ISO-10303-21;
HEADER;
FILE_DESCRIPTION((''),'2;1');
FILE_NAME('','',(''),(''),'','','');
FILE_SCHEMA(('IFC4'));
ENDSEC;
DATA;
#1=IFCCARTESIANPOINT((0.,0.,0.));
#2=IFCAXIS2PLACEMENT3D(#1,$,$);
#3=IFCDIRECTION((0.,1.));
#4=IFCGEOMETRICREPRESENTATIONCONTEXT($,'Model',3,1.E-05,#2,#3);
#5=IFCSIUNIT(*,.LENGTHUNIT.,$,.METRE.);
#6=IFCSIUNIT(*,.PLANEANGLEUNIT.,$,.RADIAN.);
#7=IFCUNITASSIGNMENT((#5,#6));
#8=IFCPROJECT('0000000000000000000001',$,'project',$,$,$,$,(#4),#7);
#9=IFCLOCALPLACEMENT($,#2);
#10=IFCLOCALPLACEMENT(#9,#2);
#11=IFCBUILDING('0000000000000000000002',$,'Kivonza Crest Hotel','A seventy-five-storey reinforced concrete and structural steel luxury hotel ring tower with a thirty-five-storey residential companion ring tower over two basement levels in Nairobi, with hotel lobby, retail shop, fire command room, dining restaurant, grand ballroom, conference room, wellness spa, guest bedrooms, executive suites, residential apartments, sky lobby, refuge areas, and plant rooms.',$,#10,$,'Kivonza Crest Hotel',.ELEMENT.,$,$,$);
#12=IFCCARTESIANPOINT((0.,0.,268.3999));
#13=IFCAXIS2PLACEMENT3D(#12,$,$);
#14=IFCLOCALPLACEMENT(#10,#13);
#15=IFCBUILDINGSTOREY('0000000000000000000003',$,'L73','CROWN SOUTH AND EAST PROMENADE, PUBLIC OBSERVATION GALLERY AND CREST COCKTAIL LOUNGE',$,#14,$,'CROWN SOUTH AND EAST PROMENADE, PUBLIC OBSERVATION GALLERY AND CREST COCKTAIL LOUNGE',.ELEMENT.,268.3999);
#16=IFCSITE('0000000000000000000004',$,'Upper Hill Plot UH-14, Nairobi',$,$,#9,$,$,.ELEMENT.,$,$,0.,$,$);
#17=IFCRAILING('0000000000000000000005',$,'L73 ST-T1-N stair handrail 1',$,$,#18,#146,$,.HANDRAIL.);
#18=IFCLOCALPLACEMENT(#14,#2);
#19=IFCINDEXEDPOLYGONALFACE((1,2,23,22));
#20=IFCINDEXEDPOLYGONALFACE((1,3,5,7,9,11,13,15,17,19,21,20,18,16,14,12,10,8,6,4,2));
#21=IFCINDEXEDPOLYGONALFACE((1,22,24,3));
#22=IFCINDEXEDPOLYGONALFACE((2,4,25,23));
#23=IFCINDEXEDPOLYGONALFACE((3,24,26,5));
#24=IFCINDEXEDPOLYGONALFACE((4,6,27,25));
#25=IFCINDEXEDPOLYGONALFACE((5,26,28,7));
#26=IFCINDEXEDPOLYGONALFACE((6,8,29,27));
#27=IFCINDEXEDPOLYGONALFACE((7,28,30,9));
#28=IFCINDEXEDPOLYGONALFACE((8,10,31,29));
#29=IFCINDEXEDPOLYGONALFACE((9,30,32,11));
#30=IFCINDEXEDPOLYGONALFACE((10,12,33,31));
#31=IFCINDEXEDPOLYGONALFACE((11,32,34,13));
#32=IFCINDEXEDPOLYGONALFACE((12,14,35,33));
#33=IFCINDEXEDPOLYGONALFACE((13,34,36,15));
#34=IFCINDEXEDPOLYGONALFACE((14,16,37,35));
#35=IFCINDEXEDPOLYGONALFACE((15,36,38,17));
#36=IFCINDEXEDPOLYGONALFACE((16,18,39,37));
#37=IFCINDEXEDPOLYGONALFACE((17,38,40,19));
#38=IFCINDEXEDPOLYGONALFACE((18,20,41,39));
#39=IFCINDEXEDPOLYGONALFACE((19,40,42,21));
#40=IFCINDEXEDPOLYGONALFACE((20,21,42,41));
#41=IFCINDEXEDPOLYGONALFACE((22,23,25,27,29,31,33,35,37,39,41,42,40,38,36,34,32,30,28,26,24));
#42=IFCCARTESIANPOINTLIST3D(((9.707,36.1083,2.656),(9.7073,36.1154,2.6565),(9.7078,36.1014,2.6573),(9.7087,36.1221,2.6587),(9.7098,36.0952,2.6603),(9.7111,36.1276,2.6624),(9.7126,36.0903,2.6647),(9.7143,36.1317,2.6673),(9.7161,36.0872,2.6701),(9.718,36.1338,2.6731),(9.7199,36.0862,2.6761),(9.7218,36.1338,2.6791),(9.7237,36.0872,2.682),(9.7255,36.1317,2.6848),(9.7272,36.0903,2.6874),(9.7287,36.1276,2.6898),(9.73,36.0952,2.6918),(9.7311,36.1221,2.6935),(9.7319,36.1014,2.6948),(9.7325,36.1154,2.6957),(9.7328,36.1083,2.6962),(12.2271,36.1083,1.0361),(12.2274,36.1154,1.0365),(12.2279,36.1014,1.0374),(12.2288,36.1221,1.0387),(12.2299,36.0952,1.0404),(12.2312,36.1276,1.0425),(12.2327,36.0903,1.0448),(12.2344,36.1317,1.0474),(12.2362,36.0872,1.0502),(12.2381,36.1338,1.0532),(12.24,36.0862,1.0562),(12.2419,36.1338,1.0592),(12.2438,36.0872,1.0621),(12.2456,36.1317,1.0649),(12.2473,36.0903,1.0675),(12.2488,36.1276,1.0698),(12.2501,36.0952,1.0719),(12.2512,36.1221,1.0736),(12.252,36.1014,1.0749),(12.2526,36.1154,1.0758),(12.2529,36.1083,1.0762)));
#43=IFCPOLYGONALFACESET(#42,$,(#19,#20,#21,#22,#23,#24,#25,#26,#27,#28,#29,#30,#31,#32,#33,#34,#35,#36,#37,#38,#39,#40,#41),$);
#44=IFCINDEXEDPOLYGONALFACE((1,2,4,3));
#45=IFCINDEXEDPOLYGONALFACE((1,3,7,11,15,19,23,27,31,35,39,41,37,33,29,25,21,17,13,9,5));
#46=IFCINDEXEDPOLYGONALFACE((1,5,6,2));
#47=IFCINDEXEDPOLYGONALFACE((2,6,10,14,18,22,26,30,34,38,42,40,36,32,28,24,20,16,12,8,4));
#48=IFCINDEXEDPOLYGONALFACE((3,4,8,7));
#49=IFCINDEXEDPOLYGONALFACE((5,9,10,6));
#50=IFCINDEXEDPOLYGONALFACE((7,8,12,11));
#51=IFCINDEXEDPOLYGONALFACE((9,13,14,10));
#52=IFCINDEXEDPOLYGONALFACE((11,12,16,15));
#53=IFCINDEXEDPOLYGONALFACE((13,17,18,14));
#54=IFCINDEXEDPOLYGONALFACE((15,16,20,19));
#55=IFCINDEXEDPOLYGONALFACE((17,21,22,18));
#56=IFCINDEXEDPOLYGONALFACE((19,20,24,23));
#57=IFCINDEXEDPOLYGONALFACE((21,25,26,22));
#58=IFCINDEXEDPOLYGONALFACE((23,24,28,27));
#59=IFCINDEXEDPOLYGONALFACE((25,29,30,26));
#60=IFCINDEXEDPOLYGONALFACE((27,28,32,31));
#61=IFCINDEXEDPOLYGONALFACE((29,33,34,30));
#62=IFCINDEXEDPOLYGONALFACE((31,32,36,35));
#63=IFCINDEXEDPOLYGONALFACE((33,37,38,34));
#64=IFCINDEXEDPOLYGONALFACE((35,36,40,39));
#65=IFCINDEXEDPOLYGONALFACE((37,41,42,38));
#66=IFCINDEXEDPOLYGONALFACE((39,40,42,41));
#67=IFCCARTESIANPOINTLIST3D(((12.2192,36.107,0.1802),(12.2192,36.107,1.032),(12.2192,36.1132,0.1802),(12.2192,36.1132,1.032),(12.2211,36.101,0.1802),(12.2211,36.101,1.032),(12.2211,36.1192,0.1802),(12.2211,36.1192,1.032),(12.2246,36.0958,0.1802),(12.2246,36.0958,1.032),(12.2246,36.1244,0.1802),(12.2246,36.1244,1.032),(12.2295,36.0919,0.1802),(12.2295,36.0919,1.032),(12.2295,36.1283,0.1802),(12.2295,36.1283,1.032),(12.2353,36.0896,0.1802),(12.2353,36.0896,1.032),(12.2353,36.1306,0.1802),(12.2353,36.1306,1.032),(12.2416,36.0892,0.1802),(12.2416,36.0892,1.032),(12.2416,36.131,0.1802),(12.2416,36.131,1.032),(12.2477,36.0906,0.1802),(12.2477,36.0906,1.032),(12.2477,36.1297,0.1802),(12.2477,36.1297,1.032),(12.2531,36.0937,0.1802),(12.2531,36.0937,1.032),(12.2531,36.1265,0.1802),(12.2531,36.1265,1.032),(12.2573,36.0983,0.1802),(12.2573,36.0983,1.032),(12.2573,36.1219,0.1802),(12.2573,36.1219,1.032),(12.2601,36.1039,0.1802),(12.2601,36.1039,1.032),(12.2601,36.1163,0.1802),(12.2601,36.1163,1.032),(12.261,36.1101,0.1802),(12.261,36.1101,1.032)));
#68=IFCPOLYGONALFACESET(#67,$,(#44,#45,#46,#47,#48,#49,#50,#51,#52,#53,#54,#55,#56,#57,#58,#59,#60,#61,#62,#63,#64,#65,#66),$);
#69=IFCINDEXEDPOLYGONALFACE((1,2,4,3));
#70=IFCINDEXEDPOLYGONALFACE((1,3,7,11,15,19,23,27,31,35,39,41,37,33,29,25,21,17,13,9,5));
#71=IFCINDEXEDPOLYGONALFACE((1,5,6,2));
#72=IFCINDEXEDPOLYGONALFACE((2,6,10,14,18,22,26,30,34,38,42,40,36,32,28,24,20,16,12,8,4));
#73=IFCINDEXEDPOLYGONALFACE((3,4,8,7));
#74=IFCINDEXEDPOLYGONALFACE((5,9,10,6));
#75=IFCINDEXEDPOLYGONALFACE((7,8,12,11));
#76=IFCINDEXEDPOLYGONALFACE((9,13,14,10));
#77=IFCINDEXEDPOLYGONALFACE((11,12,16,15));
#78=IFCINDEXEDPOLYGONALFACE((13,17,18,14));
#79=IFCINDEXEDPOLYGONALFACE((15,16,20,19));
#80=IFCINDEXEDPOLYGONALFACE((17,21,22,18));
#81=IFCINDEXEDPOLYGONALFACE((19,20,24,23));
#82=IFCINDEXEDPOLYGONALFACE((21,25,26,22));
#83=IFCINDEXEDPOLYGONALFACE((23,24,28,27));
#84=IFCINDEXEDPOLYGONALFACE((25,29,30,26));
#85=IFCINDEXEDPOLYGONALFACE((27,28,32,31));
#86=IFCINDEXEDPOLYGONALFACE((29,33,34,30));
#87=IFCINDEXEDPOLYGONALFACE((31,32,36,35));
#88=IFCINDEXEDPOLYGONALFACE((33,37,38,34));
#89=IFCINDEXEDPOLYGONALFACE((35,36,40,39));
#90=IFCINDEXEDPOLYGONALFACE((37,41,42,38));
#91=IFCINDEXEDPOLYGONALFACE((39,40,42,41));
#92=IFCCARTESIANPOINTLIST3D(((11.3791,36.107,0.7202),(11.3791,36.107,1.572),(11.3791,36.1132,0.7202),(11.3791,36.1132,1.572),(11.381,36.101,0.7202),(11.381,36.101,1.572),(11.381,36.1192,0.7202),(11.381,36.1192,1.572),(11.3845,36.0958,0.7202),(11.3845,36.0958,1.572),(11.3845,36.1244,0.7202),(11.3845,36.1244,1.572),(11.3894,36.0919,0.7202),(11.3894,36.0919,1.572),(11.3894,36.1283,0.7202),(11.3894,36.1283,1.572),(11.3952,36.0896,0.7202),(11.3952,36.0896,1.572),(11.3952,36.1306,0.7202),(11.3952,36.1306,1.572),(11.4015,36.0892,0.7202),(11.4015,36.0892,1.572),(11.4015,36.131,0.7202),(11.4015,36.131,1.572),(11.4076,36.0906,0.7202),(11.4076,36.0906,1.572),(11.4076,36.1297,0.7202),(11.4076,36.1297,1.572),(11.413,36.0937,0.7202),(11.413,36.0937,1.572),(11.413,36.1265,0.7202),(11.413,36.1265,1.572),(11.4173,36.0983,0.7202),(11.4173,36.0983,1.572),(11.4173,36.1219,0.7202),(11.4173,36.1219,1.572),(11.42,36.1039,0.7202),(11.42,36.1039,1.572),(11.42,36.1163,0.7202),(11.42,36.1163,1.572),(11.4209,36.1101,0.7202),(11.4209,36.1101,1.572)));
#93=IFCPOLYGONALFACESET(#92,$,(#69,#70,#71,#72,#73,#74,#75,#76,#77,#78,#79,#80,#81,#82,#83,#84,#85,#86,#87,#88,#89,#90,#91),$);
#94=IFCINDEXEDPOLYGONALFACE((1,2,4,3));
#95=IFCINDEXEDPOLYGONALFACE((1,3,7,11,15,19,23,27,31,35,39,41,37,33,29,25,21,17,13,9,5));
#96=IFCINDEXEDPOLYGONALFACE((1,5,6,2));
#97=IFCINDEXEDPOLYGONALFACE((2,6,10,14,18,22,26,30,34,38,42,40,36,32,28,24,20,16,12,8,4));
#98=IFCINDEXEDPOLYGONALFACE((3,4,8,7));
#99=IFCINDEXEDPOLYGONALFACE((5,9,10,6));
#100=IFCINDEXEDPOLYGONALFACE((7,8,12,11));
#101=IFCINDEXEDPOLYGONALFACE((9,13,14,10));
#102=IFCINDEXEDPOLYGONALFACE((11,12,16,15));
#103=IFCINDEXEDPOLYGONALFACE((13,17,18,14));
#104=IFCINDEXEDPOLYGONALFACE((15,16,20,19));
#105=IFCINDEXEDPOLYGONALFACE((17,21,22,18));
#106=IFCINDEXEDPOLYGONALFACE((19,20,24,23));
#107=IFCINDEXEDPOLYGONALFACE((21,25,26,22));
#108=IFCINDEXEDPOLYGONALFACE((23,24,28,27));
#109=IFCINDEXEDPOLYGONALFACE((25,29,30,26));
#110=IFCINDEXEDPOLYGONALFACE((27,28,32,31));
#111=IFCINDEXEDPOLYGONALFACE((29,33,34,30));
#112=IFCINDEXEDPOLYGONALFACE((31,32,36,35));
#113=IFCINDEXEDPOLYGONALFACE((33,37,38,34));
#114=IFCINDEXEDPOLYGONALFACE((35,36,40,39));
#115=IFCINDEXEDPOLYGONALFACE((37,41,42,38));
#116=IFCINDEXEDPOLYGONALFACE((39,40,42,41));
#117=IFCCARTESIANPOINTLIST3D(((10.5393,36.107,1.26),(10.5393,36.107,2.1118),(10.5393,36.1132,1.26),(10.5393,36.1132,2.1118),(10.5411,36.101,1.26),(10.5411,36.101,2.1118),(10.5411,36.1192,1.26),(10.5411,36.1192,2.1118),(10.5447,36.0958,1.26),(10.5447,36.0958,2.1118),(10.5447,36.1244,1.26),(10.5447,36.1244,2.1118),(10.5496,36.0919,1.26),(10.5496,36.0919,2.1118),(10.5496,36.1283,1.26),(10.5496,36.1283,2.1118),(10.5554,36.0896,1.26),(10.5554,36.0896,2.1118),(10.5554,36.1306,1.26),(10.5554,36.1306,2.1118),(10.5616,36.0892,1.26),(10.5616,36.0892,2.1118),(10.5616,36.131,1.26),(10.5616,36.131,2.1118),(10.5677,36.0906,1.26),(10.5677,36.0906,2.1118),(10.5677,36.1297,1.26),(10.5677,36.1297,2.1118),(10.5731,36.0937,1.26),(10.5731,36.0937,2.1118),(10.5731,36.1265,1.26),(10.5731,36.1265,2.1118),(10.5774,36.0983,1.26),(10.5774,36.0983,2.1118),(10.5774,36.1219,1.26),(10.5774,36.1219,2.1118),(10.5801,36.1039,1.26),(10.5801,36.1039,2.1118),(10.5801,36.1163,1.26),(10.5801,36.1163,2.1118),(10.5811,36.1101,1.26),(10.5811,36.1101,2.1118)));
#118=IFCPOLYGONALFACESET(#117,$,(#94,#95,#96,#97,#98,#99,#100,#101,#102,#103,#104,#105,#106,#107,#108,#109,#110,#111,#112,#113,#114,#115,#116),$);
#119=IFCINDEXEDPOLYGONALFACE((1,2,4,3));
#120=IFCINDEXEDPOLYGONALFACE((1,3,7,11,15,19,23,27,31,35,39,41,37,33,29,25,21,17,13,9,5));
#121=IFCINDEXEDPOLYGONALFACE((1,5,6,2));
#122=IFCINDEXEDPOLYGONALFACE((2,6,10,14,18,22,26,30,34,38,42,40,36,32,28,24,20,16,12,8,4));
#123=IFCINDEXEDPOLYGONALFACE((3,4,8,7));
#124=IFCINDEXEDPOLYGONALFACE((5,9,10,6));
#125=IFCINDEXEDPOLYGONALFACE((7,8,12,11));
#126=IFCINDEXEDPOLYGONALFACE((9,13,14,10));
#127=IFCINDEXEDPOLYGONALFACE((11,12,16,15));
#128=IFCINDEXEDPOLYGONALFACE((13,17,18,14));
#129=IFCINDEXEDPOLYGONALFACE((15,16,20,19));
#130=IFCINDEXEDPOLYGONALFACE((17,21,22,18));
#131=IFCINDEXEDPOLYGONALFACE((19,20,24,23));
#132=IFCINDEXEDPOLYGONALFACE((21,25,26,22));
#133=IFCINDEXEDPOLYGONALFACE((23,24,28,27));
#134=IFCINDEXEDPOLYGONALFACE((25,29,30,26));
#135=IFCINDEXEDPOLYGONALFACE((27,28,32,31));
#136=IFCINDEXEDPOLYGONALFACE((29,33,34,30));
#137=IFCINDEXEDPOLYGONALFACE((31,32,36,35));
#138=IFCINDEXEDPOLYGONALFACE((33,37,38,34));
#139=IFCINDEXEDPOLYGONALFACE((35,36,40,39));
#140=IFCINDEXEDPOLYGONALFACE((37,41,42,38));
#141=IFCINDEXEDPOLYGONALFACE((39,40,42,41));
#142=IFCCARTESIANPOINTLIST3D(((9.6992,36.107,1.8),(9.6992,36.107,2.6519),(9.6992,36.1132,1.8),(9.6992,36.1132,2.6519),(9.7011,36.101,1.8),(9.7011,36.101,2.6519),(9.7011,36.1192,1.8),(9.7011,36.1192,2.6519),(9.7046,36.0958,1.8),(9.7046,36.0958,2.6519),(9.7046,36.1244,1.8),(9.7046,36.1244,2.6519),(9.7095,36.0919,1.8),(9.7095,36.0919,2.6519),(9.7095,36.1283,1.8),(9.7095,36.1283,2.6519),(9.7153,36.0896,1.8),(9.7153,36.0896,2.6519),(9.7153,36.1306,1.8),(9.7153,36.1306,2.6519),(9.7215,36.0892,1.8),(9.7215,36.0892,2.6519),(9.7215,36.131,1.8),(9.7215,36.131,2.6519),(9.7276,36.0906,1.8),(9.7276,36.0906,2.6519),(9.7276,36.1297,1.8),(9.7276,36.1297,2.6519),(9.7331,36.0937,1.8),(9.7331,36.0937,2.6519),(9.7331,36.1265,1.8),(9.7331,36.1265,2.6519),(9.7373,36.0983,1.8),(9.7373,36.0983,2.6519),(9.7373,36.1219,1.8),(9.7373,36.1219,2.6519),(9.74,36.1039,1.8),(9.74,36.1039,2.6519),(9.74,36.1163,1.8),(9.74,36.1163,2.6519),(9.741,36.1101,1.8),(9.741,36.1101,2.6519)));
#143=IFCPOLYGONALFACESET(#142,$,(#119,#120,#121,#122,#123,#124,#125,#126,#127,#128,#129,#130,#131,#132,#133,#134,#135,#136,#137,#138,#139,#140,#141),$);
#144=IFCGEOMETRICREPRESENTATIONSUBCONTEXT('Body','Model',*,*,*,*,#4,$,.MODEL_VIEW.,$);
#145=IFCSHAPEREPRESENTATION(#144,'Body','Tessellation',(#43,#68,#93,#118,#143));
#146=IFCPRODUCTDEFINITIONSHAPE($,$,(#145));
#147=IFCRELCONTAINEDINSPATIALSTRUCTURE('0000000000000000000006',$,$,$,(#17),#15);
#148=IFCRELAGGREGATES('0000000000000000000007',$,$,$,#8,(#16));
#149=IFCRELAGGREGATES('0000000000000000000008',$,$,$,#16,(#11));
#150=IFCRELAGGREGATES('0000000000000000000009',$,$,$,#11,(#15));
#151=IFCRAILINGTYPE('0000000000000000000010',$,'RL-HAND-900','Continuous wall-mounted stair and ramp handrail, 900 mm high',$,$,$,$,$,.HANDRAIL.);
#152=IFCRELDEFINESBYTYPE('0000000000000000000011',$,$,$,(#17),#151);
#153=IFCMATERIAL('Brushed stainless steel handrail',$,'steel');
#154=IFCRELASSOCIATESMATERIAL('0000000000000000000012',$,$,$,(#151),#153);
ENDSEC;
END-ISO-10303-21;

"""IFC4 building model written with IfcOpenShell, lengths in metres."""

from ifc_helpers import new_model, si_unit, direction, frame, origin, origin_2d, place, context, subcontext, project, spatial, circle, extrude, material, type_object, element, save


model = new_model("IFC4")

# Units and contexts
model_context = context("Model", 3, precision=1e-05, world=origin(), true_north=direction((0.0, 1.0)))
body_context = subcontext(model_context, "Body", "Model", "MODEL_VIEW")
ifc_project = project(units=[si_unit("LENGTHUNIT", "METRE"), si_unit("PLANEANGLEUNIT", "RADIAN")], contexts=[model_context])

# Site, building, storey
site_placement = place(None, origin())
site = spatial("IfcSite", under=ifc_project, at=site_placement, Name="Upper Hill Plot UH-14, Nairobi", CompositionType="ELEMENT", RefElevation=0.0)
building_placement = place(site_placement, origin())
building = spatial("IfcBuilding", under=site, at=building_placement, Name="Kivonza Crest Hotel", Description="A seventy-five-storey reinforced concrete and structural steel luxury hotel ring tower with a thirty-five-storey residential companion ring tower over two basement levels in Nairobi, with hotel lobby, retail shop, fire command room, dining restaurant, grand ballroom, conference room, wellness spa, guest bedrooms, executive suites, residential apartments, sky lobby, refuge areas, and plant rooms.", LongName="Kivonza Crest Hotel", CompositionType="ELEMENT")
storey_placement = place(building_placement, frame((0.0, 0.0, 268.3999)))
storey = spatial("IfcBuildingStorey", under=building, at=storey_placement, Name="L73", Description="CROWN SOUTH AND EAST PROMENADE, PUBLIC OBSERVATION GALLERY AND CREST COCKTAIL LOUNGE", LongName="CROWN SOUTH AND EAST PROMENADE, PUBLIC OBSERVATION GALLERY AND CREST COCKTAIL LOUNGE", CompositionType="ELEMENT", Elevation=268.3999)

# Railing
ifc_material_1 = material(Name="Brushed stainless steel handrail", Category="steel")
railing_type_1 = type_object("IfcRailingType", Name="RL-HAND-900", Description="Continuous wall-mounted stair and ramp handrail, 900 mm high", PredefinedType="HANDRAIL", material=ifc_material_1)
railing_1_placement = place(storey_placement, frame((12.24, 36.1101, 0.1802)))
element("IfcRailing", 1, at=railing_1_placement, inside=storey, type_object=railing_type_1, Name="L73 ST-T1-N stair handrail 1", PredefinedType="HANDRAIL", context=body_context, shape_type="SweptSolid", body=[
    extrude(circle(Radius=0.0239, at=origin_2d()), frame((0.0, 0.0, 0.876), z_axis=(-0.8412, 0.0, 0.540725), x_axis=(0.0, -1.0, 0.0)), (0.0, 0.0, 1.0), 2.9958),
    extrude(circle(Radius=0.021, at=origin_2d()), origin(), (0.0, 0.0, 1.0), 0.8518),
    extrude(circle(Radius=0.021, at=origin_2d()), frame((-0.8401, 0.0, 0.54)), (0.0, 0.0, 1.0), 0.8518),
    extrude(circle(Radius=0.021, at=origin_2d()), frame((-1.6799, 0.0, 1.0798)), (0.0, 0.0, 1.0), 0.8518),
    extrude(circle(Radius=0.021, at=origin_2d()), frame((-2.52, 0.0, 1.6199)), (0.0, 0.0, 1.0), 0.8518),
])

save(model, "model.ifc")
